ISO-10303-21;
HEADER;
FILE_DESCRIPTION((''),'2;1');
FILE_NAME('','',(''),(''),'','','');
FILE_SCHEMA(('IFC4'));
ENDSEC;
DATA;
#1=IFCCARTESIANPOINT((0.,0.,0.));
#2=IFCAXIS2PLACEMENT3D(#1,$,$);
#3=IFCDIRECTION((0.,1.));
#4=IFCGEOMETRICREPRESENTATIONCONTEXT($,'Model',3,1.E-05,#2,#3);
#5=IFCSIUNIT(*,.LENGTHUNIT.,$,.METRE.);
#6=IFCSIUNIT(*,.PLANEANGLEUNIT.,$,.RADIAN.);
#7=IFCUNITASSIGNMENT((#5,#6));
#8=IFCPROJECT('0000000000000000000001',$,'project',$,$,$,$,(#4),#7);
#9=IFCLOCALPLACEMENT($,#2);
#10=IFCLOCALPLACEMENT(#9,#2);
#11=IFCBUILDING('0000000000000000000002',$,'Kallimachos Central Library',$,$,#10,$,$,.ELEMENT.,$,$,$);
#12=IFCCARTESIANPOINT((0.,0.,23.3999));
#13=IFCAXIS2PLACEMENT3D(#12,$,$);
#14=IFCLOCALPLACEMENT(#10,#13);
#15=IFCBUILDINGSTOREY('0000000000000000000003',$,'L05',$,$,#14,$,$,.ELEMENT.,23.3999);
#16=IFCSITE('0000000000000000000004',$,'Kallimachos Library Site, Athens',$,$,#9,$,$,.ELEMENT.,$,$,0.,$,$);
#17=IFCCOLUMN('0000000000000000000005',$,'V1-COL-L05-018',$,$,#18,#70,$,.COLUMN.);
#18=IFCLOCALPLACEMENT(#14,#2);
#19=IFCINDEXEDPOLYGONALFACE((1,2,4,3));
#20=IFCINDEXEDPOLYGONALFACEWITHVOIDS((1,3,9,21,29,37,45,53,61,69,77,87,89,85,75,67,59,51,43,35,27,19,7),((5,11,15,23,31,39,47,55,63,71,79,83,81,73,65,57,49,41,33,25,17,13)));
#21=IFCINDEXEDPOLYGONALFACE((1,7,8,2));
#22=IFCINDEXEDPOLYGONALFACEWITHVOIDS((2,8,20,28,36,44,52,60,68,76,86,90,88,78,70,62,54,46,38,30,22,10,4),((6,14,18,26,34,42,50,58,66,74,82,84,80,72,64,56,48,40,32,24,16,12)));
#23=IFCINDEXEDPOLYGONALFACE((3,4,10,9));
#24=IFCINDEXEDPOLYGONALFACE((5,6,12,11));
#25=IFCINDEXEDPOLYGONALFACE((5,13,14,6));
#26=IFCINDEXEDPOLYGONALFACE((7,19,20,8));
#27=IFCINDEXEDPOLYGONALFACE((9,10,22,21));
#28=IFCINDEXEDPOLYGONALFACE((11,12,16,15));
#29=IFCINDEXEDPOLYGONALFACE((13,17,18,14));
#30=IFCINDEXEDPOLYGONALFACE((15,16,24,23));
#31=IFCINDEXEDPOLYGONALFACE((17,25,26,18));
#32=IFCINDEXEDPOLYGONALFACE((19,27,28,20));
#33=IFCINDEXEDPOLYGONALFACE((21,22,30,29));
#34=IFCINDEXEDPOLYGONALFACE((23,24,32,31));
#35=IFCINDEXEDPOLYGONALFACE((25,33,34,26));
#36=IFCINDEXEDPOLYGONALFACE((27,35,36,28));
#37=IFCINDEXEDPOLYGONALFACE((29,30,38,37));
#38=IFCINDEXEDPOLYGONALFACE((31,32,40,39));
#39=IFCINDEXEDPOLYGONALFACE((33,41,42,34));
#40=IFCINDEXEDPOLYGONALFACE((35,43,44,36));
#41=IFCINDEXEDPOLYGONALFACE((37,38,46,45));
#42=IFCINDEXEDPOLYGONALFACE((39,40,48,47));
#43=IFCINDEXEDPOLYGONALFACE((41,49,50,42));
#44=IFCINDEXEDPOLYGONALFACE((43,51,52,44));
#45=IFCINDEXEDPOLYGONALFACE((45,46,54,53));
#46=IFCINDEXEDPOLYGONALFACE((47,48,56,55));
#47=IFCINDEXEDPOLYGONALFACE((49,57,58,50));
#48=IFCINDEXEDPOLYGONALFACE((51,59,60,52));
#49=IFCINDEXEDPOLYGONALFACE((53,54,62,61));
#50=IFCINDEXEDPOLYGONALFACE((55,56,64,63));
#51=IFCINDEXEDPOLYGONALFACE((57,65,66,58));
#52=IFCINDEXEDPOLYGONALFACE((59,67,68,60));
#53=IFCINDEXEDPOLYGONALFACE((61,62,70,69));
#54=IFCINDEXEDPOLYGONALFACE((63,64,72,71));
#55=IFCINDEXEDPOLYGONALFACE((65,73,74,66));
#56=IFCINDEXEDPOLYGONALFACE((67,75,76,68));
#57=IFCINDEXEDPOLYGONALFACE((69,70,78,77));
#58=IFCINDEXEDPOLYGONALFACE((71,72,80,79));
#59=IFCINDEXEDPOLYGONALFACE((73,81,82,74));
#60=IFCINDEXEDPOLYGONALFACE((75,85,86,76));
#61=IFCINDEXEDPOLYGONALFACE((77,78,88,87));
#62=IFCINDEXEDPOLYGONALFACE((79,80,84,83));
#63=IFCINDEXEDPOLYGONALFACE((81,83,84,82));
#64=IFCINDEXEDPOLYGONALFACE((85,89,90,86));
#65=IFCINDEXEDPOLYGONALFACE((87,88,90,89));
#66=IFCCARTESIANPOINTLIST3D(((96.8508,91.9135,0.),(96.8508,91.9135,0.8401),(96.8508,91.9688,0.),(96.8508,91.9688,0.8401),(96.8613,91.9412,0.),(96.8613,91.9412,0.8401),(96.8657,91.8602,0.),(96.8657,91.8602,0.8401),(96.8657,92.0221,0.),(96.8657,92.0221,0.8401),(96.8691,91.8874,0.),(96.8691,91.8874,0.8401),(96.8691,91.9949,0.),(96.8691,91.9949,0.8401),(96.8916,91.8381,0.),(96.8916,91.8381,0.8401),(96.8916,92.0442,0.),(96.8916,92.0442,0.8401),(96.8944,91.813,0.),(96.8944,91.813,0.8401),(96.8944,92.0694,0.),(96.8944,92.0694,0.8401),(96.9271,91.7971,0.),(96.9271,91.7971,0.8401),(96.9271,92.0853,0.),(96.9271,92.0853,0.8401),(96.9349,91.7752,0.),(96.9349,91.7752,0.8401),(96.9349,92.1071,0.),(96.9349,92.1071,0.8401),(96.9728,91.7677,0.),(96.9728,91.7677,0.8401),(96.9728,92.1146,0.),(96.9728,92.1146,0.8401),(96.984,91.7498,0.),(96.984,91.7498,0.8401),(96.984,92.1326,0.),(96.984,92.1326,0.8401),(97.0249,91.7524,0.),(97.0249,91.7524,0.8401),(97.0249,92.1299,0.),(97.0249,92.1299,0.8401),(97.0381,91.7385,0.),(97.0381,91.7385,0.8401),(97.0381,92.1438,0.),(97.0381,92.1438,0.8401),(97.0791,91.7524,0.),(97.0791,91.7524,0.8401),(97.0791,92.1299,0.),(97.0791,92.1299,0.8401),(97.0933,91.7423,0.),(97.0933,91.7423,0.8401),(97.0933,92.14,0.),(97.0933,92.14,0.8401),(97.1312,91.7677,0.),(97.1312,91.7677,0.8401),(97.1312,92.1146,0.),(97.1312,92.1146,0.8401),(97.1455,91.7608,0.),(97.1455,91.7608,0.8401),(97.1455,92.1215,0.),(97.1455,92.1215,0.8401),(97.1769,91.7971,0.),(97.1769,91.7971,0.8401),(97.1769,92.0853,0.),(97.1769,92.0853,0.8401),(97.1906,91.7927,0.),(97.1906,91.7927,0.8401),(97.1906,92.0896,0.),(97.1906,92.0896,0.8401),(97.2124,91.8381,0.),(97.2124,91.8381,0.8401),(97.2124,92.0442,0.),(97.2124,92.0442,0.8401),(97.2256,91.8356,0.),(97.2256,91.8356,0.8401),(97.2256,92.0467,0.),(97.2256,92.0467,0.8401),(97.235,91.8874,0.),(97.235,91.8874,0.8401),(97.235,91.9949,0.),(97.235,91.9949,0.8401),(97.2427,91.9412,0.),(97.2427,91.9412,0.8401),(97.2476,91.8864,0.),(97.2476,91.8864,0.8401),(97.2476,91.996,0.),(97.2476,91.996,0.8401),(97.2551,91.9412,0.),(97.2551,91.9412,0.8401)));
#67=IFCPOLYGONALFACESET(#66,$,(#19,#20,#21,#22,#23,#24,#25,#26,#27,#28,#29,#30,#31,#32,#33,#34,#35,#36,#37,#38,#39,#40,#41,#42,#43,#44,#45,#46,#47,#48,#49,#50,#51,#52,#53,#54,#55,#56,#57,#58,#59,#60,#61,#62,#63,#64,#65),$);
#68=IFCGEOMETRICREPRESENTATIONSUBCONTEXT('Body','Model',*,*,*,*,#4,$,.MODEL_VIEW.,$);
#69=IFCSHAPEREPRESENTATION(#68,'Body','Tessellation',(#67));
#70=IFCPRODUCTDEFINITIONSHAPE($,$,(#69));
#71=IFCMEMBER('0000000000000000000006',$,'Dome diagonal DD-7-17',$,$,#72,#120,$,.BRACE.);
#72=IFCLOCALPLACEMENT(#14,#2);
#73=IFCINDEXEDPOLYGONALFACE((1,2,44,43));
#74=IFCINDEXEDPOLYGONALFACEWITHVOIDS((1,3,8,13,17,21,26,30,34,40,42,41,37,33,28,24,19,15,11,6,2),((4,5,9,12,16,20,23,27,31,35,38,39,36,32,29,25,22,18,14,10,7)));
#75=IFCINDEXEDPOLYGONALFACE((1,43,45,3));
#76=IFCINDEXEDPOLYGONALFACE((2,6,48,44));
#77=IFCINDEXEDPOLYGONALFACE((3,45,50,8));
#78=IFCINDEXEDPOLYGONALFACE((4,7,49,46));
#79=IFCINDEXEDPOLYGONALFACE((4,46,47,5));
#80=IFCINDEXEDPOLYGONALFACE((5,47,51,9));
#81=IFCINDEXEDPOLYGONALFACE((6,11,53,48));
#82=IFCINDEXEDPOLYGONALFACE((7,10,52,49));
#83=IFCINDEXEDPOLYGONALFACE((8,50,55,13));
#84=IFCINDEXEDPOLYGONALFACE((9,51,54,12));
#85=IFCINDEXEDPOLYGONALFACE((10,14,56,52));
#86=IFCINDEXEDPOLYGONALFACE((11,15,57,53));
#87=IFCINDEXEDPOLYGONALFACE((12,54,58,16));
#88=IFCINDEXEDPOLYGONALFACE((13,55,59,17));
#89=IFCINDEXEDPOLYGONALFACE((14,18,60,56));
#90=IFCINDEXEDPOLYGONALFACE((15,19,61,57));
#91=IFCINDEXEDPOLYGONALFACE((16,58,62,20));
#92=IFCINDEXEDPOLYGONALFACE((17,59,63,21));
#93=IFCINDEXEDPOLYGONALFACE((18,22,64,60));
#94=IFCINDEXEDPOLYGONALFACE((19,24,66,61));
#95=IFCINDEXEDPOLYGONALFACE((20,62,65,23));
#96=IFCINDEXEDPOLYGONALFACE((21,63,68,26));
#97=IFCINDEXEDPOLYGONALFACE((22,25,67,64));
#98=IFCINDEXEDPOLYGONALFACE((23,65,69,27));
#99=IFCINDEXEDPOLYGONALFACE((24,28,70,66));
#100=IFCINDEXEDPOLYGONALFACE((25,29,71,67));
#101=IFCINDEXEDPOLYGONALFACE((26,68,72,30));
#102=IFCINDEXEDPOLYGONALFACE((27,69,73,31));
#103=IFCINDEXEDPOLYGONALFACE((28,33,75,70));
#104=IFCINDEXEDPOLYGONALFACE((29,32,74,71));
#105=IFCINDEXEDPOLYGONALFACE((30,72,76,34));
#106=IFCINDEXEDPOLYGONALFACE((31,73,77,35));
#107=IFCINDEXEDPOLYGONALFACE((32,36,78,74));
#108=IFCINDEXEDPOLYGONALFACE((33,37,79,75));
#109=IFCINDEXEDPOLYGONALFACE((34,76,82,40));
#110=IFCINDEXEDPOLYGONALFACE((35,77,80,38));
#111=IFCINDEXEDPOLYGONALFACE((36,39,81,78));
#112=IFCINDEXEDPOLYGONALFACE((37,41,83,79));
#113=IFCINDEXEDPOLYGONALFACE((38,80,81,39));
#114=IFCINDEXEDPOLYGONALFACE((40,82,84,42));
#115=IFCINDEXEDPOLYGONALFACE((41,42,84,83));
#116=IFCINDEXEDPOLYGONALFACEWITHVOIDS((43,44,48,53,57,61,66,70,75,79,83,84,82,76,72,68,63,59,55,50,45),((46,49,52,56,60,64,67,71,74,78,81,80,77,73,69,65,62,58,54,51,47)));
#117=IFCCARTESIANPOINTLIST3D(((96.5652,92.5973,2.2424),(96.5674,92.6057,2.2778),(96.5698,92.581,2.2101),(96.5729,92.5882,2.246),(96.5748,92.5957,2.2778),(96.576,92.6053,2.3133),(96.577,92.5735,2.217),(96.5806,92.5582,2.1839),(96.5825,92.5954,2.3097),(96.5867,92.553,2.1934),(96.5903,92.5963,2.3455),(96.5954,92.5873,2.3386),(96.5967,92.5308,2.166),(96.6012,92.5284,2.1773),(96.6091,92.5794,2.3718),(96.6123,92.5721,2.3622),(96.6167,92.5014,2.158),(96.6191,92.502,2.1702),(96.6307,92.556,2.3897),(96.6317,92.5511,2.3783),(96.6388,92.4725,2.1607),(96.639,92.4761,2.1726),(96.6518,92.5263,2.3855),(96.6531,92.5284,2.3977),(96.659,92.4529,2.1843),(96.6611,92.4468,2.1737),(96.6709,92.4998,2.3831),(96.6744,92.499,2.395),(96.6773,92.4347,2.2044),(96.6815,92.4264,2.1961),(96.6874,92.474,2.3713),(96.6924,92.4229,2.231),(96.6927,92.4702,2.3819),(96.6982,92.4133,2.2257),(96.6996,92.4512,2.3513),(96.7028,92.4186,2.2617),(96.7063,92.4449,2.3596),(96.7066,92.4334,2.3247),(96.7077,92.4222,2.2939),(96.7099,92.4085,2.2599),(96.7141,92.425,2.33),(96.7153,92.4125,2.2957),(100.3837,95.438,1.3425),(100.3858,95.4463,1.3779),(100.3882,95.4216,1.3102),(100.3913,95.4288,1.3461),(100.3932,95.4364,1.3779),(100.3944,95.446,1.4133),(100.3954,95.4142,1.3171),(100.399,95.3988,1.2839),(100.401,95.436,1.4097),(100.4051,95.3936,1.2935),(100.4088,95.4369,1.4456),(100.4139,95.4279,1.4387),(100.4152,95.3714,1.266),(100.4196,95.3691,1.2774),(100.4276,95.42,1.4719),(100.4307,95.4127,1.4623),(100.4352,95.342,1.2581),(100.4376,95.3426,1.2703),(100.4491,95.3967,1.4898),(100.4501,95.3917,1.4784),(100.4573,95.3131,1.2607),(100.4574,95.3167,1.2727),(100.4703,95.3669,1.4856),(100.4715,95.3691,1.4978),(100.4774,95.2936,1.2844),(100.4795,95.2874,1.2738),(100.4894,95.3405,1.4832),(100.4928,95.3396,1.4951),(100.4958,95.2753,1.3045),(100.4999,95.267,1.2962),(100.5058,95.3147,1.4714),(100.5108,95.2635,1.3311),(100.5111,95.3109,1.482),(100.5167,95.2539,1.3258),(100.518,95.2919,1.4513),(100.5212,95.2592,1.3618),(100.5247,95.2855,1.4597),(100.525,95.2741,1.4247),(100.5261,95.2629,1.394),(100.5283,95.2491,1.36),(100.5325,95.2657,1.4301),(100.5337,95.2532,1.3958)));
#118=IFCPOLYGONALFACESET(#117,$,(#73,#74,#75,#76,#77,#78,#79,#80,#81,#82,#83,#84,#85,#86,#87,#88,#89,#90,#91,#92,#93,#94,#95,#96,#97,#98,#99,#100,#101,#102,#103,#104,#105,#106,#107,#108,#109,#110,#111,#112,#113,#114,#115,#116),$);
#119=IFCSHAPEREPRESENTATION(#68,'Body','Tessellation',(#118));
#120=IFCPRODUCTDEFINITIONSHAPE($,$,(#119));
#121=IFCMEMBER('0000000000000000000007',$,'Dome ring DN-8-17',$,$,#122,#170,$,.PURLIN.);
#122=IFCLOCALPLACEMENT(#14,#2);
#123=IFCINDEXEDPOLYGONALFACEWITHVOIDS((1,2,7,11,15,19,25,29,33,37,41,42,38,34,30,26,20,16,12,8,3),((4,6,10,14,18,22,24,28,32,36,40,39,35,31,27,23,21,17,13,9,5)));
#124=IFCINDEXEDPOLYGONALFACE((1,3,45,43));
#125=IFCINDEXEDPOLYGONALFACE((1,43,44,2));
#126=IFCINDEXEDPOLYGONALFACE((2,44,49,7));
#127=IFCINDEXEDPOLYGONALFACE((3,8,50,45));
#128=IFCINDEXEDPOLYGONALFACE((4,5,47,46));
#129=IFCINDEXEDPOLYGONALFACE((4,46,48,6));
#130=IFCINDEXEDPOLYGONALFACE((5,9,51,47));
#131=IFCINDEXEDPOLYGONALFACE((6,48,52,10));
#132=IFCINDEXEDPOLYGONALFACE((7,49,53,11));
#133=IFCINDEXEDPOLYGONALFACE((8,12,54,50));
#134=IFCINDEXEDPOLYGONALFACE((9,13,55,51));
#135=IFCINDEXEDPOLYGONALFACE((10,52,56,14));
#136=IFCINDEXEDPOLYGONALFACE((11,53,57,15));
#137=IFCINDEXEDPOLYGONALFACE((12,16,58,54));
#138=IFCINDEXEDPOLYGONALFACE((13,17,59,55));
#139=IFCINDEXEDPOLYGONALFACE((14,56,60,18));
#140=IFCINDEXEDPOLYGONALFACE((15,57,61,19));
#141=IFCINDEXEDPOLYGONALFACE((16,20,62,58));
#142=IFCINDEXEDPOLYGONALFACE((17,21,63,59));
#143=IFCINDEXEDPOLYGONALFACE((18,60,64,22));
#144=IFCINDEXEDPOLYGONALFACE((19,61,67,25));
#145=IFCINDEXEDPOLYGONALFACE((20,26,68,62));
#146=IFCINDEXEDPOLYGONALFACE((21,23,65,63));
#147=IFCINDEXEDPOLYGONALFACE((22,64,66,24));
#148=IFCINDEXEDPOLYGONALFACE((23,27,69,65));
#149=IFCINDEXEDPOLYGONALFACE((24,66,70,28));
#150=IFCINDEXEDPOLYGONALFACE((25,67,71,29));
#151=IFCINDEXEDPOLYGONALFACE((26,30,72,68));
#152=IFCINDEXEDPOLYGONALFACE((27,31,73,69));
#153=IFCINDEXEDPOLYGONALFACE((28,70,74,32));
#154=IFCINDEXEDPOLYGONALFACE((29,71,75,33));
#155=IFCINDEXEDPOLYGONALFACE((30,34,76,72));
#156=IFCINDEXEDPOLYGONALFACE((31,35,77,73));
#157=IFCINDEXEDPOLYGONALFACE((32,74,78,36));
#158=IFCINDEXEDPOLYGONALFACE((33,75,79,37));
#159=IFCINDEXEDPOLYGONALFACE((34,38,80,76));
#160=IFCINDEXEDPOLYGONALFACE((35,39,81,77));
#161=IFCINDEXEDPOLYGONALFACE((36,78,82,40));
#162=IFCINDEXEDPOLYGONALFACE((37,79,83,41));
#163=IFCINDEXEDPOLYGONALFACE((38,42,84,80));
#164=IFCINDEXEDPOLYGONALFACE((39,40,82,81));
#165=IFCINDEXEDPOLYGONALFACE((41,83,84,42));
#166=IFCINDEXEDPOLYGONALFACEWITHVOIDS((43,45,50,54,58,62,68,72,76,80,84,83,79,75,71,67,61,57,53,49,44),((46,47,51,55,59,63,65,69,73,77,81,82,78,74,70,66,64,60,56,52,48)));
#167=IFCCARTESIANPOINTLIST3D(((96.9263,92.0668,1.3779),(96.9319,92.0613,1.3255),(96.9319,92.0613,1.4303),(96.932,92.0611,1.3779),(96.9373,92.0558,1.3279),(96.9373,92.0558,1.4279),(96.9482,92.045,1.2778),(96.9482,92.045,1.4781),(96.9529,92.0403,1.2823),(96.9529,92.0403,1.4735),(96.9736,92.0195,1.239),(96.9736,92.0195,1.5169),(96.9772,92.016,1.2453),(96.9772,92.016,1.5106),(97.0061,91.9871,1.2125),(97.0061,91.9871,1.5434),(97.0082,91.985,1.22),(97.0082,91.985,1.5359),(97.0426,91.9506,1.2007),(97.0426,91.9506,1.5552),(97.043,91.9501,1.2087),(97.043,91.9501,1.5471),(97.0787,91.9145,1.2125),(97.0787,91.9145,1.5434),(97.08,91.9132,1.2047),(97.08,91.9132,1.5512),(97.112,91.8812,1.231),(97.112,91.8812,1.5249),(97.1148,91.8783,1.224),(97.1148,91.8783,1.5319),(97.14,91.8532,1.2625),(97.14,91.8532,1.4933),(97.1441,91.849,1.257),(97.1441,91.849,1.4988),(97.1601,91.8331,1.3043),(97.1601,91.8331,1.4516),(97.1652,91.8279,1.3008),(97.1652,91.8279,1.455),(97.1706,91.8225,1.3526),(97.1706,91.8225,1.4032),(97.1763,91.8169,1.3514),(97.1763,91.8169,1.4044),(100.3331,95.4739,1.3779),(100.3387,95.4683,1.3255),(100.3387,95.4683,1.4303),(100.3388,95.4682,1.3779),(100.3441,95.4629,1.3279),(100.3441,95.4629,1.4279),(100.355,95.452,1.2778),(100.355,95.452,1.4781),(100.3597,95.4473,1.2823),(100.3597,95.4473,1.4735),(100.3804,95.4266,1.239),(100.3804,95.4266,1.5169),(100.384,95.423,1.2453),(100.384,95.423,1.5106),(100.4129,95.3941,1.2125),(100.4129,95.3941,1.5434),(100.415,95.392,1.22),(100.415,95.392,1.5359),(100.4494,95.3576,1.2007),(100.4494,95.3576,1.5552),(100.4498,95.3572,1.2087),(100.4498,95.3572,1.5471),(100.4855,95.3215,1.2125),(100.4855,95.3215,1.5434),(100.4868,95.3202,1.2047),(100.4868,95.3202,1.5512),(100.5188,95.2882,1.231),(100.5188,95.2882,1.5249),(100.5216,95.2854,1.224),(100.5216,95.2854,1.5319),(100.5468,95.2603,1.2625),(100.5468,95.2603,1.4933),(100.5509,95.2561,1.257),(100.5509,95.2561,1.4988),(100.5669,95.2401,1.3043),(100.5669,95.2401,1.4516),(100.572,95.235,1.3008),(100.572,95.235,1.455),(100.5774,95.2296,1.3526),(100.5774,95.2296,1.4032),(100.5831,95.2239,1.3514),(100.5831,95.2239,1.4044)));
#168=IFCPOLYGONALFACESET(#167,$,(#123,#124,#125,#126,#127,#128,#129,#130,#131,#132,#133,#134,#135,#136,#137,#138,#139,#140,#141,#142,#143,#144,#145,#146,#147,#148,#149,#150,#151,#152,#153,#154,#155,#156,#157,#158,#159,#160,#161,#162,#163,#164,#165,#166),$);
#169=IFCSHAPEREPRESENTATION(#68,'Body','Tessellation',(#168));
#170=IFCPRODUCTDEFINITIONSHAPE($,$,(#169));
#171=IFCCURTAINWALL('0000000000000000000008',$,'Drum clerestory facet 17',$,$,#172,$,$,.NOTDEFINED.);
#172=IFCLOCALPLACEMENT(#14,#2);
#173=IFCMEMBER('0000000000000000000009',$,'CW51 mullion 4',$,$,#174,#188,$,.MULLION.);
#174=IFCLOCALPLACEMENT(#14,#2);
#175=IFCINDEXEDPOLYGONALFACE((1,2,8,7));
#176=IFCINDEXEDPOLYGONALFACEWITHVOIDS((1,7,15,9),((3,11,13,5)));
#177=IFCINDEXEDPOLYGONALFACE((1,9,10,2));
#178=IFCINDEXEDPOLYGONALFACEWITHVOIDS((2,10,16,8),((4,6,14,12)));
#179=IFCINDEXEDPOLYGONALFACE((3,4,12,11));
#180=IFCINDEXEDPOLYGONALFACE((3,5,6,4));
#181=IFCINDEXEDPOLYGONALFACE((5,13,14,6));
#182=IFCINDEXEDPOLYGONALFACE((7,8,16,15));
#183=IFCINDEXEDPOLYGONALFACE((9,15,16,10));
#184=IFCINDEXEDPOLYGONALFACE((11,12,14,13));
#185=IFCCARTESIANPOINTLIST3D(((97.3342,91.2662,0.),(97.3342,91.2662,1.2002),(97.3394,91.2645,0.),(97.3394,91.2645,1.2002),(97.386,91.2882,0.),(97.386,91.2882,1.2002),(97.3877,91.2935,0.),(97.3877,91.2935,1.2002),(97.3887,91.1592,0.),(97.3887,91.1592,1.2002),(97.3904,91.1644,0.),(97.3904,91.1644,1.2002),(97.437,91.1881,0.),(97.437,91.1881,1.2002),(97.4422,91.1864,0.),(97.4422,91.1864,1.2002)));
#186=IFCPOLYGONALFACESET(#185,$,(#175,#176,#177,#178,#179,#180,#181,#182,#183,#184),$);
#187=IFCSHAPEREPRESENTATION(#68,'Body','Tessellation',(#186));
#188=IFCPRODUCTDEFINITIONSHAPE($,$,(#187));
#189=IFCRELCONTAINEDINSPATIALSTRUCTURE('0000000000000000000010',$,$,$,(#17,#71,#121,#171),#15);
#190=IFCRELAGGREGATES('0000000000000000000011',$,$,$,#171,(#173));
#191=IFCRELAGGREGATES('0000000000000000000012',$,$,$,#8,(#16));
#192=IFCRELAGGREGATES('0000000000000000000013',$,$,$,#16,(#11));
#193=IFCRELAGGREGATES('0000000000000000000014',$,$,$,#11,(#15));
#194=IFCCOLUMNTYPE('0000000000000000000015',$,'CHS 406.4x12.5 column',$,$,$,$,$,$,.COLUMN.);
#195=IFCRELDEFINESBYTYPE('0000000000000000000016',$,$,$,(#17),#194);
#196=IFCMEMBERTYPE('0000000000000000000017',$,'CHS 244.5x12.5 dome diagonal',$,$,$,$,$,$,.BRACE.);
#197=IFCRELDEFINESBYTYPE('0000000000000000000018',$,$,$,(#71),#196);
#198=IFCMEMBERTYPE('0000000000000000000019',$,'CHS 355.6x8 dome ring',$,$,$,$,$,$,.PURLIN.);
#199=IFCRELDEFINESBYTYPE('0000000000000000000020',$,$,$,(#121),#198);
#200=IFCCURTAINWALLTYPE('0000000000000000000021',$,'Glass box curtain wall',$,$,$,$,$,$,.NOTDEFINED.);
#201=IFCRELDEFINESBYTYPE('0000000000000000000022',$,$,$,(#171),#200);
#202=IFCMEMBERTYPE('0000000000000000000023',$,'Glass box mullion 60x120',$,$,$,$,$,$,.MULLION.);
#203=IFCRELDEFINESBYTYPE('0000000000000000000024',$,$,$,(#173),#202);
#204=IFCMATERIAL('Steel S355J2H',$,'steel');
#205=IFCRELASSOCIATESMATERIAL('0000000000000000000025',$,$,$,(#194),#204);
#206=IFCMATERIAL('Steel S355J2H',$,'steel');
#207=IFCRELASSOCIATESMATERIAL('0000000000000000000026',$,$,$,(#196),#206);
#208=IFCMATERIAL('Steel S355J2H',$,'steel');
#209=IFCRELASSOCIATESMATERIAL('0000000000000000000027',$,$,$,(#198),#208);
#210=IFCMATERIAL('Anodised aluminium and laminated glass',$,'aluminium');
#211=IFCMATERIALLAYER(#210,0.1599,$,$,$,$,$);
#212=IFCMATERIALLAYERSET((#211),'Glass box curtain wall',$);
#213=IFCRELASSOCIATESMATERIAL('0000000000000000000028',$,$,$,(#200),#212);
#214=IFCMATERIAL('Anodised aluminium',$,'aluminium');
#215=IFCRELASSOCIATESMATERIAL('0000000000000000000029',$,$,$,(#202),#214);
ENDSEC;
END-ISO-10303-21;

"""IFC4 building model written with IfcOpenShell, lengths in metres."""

from ifc_helpers import new_model, si_unit, direction, frame, origin, origin_2d, place, context, subcontext, project, spatial, hollow_rectangle, hollow_circle, extrude, material, layer, layer_set, material_profile, profile_set, type_object, element, aggregate, save


model = new_model("IFC4")

# Units and contexts
model_context = context("Model", 3, precision=1e-05, world=origin(), true_north=direction((0.0, 1.0)))
body_context = subcontext(model_context, "Body", "Model", "MODEL_VIEW")
ifc_project = project(units=[si_unit("LENGTHUNIT", "METRE"), si_unit("PLANEANGLEUNIT", "RADIAN")], contexts=[model_context])

# Site, building, storey
site_placement = place(None, origin())
site = spatial("IfcSite", under=ifc_project, at=site_placement, Name="Kallimachos Library Site, Athens", CompositionType="ELEMENT", RefElevation=0.0)
building_placement = place(site_placement, origin())
building = spatial("IfcBuilding", under=site, at=building_placement, Name="Kallimachos Central Library", CompositionType="ELEMENT")
storey_placement = place(building_placement, frame((0.0, 0.0, 23.3999)))
storey = spatial("IfcBuildingStorey", under=building, at=storey_placement, Name="L05", CompositionType="ELEMENT", Elevation=23.3999)

# Column
ifc_material_1 = material(Name="Steel S355J2H", Category="steel")
ifc_material_profile_1 = material_profile(ifc_material_1, hollow_circle(Radius=0.2031, WallThickness=0.0125, at=origin_2d()), Name="CHS 406.4x12.5")
ifc_profile_set_1 = profile_set([ifc_material_profile_1], Name="Steel S355J2H")
column_type = type_object("IfcColumnType", Name="CHS 406.4x12.5 column", PredefinedType="COLUMN", material=ifc_profile_set_1)
column_placement = place(storey_placement, frame((97.052, 91.9412, 0.0), z_axis=(0.0, 0.0, 1.0), x_axis=(1.0, 0.0, 0.0)))
element("IfcColumn", 1, at=column_placement, inside=storey, type_object=column_type, Name="V1-COL-L05-018", PredefinedType="COLUMN", context=body_context, shape_type="SweptSolid", body=[
    extrude(hollow_circle(Radius=0.2031, WallThickness=0.0125, at=origin_2d()), origin(), (0.0, 0.0, 1.0), 0.8401),
])

# Members
ifc_material_2 = material(Name="Steel S355J2H", Category="steel")
ifc_material_profile_2 = material_profile(ifc_material_2, hollow_circle(Radius=0.1223, WallThickness=0.0125, at=origin_2d()), Name="CHS 244.5x12.5")
ifc_profile_set_2 = profile_set([ifc_material_profile_2], Name="Steel S355J2H")
member_type_1 = type_object("IfcMemberType", Name="CHS 244.5x12.5 dome diagonal", PredefinedType="BRACE", material=ifc_profile_set_2)
member_1_placement = place(storey_placement, frame((96.6404, 92.5076, 2.2778), z_axis=(0.788363, 0.586483, -0.1858), x_axis=(-0.596876, 0.802333, 0.0)))
element("IfcMember", 2, at=member_1_placement, inside=storey, type_object=member_type_1, Name="Dome diagonal DD-7-17", PredefinedType="BRACE", context=body_context, shape_type="SweptSolid", body=[
    extrude(hollow_circle(Radius=0.1223, WallThickness=0.0125, at=origin_2d()), origin(), (0.0, 0.0, 1.0), 4.8435),
])
ifc_material_3 = material(Name="Steel S355J2H", Category="steel")
ifc_material_profile_3 = material_profile(ifc_material_3, hollow_circle(Radius=0.1777, WallThickness=0.0081, at=origin_2d()), Name="CHS 355.6x8")
ifc_profile_set_3 = profile_set([ifc_material_profile_3], Name="Steel S355J2H")
member_type_2 = type_object("IfcMemberType", Name="CHS 355.6x8 dome ring", PredefinedType="PURLIN", material=ifc_profile_set_3)
member_2_placement = place(storey_placement, frame((97.052, 91.9412, 1.3779), z_axis=(0.707081, 0.707132, 0.0), x_axis=(-0.707132, 0.707081, 0.0)))
element("IfcMember", 3, at=member_2_placement, inside=storey, type_object=member_type_2, Name="Dome ring DN-8-17", PredefinedType="PURLIN", context=body_context, shape_type="SweptSolid", body=[
    extrude(hollow_circle(Radius=0.1777, WallThickness=0.0081, at=origin_2d()), origin(), (0.0, 0.0, 1.0), 4.8181),
])

# Curtain wall, member
ifc_material_4 = material(Name="Anodised aluminium and laminated glass", Category="aluminium")
ifc_layer_1 = layer(ifc_material_4, 0.1599)
ifc_layer_set_1 = layer_set([ifc_layer_1], Name="Glass box curtain wall")
curtain_wall_type = type_object("IfcCurtainWallType", Name="Glass box curtain wall", PredefinedType="NOTDEFINED", material=ifc_layer_set_1)
curtain_wall_1_placement = place(storey_placement, origin())
curtain_wall_1 = element("IfcCurtainWall", 4, at=curtain_wall_1_placement, inside=storey, type_object=curtain_wall_type, Name="Drum clerestory facet 17", PredefinedType="NOTDEFINED")
ifc_material_5 = material(Name="Anodised aluminium", Category="aluminium")
ifc_material_profile_4 = material_profile(ifc_material_5, hollow_rectangle(XDim=0.0601, YDim=0.1201, WallThickness=0.0039, at=origin_2d()), Name="ALU MULLION 60x120")
ifc_profile_set_4 = profile_set([ifc_material_profile_4], Name="Anodised aluminium")
member_type_3 = type_object("IfcMemberType", Name="Glass box mullion 60x120", PredefinedType="MULLION", material=ifc_profile_set_4)
member_3_placement = place(storey_placement, frame((97.3882, 91.2263, 0.0), z_axis=(0.0, 0.0, 1.0), x_axis=(0.891006, 0.453991, 0.0)))
member_3 = element("IfcMember", 5, at=member_3_placement, type_object=member_type_3, Name="CW51 mullion 4", PredefinedType="MULLION", context=body_context, shape_type="SweptSolid", body=[
    extrude(hollow_rectangle(XDim=0.0601, YDim=0.1201, WallThickness=0.0039, at=origin_2d()), origin(), (0.0, 0.0, 1.0), 1.2002),
])

aggregate(curtain_wall_1, [member_3])

save(model, "model.ifc")
